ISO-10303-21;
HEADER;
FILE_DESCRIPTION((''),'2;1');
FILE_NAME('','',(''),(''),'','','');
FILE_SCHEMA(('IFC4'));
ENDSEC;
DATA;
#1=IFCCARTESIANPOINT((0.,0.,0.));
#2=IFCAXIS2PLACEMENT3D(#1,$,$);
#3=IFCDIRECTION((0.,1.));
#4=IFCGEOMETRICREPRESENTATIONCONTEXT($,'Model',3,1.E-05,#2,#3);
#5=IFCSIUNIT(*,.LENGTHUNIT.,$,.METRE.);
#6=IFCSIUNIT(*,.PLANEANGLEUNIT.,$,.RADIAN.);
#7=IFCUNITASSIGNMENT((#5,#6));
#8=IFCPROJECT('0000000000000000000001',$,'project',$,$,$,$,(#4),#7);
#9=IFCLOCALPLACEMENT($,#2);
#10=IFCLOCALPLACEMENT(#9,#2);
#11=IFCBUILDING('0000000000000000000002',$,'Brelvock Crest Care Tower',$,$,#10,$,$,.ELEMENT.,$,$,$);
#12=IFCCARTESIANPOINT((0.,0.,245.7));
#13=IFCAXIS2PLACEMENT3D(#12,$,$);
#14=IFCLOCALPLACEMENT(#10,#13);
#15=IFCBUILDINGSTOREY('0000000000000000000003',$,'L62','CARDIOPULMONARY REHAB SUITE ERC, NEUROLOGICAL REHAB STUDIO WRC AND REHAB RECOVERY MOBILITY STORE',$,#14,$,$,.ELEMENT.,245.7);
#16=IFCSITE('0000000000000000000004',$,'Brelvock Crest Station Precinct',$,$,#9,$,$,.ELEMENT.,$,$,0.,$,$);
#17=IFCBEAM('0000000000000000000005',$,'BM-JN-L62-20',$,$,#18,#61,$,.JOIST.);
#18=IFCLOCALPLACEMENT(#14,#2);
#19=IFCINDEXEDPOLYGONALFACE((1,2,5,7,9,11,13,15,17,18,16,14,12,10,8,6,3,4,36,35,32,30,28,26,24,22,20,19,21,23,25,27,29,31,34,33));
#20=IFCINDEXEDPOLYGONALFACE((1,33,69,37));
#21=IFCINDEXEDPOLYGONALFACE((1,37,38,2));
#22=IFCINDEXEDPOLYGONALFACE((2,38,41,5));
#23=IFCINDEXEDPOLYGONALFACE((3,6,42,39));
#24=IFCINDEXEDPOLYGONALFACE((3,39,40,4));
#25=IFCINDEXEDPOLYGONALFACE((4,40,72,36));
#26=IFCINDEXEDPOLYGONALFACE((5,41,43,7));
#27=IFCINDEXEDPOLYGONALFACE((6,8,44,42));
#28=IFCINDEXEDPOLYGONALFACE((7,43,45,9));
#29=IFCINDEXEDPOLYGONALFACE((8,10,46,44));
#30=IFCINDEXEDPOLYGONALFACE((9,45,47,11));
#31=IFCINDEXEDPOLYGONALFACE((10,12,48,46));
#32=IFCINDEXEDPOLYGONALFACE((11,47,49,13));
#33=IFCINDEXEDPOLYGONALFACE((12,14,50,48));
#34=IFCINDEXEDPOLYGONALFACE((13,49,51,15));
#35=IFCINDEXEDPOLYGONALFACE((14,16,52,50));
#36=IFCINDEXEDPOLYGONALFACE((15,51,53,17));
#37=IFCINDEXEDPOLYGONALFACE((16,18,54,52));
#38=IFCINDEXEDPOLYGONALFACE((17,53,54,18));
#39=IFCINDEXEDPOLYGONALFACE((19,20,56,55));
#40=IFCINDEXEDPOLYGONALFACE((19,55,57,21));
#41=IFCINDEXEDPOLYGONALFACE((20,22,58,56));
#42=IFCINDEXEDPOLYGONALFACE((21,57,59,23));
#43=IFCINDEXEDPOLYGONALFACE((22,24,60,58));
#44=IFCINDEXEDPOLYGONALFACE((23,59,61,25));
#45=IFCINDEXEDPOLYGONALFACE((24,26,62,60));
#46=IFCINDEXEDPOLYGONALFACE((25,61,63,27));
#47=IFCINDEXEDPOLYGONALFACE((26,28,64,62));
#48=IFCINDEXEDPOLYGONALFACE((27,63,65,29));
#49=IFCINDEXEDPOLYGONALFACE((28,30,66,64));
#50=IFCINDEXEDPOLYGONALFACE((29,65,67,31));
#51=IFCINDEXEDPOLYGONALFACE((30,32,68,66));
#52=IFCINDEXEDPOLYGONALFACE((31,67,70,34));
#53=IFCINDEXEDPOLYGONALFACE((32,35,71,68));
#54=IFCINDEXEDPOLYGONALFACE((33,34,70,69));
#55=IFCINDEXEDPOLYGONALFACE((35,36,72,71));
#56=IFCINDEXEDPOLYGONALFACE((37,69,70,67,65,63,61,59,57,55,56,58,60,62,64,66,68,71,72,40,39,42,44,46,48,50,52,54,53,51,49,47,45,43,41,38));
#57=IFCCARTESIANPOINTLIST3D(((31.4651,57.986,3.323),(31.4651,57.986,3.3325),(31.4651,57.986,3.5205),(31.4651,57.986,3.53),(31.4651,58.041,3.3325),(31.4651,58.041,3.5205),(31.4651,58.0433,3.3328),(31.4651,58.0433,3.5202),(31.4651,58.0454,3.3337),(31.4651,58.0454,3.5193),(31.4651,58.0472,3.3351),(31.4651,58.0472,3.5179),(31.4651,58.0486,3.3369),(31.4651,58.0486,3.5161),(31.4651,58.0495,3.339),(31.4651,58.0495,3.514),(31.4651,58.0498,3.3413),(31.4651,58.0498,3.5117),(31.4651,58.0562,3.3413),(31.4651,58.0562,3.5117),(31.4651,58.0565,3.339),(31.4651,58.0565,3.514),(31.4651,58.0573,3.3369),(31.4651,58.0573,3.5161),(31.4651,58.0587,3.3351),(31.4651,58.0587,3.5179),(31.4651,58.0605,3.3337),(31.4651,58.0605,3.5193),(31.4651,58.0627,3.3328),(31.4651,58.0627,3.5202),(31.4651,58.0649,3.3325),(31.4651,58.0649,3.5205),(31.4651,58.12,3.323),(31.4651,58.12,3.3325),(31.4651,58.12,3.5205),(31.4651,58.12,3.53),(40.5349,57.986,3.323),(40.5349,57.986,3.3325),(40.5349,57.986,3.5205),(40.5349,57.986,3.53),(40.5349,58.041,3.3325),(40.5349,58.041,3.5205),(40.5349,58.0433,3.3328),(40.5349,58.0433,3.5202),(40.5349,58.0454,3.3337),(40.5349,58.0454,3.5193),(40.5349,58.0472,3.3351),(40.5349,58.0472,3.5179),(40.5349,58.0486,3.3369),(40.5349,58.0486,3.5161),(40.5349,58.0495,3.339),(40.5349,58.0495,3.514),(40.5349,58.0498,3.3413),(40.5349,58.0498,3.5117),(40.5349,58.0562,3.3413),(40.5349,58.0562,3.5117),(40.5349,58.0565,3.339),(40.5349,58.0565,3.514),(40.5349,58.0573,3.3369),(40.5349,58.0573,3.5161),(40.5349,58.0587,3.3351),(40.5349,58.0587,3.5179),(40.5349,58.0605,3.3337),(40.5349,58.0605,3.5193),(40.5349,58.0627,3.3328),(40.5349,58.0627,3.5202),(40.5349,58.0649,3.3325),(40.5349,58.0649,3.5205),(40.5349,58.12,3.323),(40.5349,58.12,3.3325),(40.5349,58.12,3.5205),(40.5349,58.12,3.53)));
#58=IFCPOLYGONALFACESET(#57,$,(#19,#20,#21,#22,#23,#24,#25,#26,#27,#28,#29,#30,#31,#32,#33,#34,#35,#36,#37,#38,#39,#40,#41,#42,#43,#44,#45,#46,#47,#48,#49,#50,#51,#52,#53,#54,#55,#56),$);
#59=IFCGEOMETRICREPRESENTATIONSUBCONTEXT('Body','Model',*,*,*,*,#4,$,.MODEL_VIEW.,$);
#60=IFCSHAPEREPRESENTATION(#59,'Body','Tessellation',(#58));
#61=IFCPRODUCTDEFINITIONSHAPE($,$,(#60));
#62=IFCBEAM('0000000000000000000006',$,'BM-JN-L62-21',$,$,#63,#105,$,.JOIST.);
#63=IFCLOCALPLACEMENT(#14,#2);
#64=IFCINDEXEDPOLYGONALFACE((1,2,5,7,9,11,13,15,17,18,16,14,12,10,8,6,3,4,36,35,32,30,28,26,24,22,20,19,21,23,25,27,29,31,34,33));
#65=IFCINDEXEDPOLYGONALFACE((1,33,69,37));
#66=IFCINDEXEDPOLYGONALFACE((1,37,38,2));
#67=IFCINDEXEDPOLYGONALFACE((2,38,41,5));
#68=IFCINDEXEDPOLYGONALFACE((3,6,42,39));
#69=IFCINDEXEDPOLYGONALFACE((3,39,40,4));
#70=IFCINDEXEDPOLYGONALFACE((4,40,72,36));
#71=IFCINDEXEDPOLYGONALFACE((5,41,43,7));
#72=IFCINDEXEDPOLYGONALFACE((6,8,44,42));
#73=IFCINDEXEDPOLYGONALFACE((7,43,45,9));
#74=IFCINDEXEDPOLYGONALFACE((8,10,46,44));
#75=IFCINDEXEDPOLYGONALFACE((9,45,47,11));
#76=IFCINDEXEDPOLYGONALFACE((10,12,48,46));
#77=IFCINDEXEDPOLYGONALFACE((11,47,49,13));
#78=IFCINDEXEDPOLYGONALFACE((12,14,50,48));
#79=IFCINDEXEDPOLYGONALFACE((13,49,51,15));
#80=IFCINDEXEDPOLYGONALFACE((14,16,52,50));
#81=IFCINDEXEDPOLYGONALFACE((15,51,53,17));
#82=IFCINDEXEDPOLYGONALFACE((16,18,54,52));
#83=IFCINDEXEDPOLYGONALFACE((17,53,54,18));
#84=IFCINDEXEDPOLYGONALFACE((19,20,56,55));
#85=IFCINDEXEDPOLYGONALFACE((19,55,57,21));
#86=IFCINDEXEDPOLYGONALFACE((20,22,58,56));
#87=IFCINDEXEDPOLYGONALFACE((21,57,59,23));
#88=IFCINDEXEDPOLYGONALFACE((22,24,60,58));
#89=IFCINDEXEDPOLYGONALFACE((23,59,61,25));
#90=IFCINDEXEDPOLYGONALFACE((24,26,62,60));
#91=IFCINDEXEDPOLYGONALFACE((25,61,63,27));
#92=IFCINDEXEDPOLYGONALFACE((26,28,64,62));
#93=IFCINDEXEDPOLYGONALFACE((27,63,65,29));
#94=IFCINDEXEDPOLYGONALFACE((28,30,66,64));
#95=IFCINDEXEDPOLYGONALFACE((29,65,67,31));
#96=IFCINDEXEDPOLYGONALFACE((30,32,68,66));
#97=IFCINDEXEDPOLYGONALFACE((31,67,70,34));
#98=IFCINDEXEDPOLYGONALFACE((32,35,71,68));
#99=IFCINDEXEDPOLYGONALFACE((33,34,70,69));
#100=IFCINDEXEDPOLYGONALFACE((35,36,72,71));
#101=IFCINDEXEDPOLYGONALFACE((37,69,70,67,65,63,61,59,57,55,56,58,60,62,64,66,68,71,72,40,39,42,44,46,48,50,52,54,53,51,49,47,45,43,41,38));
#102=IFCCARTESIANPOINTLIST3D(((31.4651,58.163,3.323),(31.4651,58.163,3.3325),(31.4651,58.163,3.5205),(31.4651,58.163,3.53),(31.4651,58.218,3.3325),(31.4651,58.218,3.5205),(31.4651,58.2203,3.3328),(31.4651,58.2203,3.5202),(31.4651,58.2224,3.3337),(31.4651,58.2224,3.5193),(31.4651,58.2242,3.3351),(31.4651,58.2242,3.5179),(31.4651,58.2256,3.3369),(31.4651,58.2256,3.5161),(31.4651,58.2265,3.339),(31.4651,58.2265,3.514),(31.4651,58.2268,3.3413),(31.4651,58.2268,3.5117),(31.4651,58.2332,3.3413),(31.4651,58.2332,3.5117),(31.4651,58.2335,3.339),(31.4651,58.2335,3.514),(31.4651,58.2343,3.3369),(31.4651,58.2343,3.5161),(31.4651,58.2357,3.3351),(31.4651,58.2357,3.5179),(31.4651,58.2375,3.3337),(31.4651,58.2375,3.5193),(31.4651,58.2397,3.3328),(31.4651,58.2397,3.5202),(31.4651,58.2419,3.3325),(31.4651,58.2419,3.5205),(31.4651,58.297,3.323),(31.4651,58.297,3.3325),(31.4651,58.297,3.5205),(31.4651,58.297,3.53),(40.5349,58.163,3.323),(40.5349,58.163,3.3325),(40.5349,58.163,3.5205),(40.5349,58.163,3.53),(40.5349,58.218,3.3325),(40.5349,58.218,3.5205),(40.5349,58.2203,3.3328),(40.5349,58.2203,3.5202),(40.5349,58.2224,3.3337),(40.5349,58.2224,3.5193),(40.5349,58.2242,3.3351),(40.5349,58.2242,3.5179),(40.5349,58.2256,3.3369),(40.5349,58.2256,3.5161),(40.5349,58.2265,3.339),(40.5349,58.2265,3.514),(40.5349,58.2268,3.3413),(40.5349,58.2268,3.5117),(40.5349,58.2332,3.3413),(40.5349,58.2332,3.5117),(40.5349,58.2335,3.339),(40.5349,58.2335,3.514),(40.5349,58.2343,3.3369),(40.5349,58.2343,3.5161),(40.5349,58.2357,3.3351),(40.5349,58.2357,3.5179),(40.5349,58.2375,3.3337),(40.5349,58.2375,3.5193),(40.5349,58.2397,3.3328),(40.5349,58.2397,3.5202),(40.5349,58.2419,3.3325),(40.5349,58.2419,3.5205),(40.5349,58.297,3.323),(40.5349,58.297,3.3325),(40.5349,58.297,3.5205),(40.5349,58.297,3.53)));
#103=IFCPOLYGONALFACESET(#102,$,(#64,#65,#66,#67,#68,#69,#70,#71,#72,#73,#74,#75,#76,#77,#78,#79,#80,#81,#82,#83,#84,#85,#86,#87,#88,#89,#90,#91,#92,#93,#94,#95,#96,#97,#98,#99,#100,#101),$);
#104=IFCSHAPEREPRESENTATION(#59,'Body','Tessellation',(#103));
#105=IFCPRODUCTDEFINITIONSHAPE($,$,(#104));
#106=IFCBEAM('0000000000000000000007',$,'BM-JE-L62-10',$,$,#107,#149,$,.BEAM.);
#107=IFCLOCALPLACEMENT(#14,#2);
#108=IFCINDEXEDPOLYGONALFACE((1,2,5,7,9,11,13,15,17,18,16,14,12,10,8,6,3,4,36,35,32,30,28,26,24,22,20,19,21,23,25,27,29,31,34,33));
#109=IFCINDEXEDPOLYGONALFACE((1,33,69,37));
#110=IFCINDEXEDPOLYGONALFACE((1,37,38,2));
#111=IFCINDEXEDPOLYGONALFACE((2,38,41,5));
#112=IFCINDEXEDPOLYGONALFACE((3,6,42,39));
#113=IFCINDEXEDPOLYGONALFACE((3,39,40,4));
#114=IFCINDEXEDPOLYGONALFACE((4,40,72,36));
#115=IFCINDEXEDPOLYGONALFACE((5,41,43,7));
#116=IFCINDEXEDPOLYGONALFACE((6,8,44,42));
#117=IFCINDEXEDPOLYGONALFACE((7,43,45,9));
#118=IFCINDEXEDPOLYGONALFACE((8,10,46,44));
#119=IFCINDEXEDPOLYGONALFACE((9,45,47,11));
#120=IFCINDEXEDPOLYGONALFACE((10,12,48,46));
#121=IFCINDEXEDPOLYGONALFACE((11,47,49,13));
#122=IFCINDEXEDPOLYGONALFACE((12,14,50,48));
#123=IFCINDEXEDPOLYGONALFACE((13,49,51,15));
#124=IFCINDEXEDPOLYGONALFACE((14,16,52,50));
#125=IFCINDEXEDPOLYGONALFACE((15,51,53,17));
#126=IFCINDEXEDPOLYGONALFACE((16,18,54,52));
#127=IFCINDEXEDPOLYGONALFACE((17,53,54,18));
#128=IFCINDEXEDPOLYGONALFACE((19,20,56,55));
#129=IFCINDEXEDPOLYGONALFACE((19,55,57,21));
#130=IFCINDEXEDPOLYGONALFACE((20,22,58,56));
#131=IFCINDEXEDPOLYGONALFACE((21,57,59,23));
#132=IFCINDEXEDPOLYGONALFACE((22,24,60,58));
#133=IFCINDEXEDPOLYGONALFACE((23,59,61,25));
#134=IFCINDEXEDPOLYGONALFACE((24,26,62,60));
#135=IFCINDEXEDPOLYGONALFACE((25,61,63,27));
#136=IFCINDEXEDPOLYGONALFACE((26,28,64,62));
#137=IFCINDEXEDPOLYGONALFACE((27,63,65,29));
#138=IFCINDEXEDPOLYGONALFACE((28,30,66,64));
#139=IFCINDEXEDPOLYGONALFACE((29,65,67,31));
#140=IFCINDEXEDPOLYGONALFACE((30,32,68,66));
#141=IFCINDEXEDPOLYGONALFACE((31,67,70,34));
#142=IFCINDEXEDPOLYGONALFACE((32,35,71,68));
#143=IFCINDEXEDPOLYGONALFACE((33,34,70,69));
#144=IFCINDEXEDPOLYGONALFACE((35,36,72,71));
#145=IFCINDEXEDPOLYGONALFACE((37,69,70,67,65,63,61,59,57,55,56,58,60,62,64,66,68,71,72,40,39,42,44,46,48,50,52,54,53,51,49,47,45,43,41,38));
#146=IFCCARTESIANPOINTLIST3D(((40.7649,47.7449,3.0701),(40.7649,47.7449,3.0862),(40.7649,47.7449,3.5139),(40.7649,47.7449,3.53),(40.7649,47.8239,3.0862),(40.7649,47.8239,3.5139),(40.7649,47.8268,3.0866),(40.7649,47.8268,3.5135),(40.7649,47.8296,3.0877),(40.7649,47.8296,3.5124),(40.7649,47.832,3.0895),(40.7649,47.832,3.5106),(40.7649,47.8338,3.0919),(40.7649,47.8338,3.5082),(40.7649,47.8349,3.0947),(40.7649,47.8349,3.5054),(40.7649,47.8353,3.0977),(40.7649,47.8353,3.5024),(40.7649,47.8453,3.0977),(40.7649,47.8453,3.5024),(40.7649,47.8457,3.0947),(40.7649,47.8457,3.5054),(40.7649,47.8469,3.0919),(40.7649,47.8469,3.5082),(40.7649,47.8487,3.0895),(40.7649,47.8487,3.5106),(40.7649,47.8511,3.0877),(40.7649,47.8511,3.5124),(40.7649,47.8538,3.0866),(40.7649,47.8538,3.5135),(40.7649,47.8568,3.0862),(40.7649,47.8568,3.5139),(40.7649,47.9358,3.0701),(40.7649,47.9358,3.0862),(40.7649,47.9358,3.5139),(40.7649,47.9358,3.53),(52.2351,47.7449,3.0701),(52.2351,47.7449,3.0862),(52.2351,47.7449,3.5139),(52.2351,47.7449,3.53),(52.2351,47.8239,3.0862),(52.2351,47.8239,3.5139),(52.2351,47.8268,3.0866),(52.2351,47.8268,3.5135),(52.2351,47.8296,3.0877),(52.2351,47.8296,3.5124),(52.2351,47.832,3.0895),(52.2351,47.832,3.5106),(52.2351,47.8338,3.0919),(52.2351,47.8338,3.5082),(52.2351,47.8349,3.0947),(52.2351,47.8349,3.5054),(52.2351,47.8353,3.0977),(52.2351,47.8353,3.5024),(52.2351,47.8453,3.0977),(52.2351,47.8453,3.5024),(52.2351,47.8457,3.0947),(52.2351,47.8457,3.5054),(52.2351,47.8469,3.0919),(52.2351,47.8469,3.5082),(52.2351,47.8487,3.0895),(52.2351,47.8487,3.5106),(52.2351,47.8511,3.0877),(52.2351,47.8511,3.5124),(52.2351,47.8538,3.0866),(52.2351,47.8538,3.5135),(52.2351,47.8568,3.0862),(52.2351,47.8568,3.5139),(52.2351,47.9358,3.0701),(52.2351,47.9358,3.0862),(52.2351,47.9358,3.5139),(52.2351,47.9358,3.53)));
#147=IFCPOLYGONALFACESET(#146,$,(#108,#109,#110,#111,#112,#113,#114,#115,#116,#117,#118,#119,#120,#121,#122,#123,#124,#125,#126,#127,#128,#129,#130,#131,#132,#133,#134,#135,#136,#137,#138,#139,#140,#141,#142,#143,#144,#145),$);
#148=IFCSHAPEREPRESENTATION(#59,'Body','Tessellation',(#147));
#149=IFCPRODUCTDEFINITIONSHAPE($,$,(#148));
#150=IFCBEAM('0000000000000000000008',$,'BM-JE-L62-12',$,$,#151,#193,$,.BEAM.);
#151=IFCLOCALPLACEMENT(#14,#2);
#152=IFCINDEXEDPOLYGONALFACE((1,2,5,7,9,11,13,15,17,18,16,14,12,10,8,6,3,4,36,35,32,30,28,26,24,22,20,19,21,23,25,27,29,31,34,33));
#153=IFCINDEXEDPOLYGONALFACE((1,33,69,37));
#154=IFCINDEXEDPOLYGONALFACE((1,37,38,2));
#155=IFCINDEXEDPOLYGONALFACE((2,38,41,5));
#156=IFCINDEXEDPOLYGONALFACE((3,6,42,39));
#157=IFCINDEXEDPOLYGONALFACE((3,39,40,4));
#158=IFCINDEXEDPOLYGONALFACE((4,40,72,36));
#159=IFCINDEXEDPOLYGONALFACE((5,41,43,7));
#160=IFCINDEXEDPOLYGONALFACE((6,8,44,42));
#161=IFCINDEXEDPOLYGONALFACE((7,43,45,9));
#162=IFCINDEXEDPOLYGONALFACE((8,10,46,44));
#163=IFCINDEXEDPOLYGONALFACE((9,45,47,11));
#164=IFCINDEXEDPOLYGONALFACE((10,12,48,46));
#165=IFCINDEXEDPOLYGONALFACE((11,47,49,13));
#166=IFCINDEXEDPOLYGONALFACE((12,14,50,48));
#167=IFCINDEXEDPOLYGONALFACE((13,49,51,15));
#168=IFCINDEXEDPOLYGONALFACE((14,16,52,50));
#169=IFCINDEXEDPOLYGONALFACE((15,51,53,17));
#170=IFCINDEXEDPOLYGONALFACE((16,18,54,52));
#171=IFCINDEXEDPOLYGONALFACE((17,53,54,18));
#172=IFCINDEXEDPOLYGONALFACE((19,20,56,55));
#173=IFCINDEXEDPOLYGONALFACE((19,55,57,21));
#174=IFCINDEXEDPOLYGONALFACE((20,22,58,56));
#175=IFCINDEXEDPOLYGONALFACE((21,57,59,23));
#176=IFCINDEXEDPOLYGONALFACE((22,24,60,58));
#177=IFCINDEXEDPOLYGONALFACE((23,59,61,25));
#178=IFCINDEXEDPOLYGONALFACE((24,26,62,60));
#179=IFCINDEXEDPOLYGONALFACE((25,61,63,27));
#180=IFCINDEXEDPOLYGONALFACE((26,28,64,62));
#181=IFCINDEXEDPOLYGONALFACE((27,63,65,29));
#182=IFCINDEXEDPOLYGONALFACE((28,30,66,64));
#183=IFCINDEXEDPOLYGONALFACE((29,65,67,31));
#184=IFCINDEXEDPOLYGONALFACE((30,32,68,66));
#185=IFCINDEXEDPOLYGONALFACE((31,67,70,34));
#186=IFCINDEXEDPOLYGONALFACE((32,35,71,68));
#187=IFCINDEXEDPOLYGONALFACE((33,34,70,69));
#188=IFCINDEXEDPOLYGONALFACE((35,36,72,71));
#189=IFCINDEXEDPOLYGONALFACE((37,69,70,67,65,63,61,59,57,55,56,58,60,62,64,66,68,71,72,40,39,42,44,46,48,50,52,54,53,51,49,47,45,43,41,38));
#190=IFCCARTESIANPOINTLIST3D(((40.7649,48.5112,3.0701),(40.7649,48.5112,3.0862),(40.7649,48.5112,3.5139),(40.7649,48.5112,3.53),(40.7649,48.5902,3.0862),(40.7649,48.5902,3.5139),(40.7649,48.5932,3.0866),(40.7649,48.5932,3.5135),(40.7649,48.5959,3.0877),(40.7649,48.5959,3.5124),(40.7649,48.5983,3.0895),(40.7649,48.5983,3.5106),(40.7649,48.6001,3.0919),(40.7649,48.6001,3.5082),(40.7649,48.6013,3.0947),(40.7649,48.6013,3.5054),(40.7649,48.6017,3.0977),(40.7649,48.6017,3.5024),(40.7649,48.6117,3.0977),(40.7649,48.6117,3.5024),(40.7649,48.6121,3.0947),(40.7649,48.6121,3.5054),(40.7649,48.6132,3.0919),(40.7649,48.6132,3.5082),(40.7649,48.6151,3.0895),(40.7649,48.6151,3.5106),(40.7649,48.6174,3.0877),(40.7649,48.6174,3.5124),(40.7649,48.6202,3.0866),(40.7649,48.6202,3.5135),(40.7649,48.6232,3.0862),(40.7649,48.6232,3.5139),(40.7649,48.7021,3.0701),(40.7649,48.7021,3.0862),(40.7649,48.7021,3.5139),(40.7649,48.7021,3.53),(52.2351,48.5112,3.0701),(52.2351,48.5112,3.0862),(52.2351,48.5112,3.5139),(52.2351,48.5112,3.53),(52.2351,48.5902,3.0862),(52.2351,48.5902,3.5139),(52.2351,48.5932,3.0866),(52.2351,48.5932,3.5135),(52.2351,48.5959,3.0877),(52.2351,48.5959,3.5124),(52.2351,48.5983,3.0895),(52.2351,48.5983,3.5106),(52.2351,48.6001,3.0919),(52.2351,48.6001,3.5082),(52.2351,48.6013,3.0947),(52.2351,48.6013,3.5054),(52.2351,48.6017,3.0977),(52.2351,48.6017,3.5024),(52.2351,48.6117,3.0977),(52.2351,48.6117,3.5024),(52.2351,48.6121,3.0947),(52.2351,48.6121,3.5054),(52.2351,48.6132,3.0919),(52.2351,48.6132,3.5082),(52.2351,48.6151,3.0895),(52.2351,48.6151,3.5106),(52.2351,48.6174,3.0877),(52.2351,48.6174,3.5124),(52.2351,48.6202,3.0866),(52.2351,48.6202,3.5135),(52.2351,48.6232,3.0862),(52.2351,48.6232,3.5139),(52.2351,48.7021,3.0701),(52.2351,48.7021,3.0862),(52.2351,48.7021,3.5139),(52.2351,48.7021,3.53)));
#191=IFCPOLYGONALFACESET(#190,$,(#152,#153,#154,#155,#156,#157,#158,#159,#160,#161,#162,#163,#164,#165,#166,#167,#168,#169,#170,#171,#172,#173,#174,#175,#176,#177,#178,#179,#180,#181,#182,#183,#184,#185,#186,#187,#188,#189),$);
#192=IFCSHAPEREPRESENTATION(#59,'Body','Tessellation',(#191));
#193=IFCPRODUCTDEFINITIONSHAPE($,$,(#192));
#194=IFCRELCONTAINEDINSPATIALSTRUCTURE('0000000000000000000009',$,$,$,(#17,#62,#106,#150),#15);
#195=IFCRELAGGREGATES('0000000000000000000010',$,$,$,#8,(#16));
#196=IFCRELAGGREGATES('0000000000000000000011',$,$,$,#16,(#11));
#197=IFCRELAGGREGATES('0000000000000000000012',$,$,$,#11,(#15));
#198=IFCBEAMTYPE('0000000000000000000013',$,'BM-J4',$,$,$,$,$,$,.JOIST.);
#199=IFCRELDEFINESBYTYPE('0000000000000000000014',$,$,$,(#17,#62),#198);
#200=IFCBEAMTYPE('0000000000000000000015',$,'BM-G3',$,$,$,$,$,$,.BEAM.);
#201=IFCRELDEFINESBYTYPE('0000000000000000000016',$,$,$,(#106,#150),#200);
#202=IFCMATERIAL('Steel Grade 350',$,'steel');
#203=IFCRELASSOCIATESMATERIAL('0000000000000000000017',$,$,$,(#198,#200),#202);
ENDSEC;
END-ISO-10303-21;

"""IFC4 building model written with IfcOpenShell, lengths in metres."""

from ifc_helpers import new_model, si_unit, direction, frame, origin, origin_2d, place, context, subcontext, project, spatial, i_section, extrude, source, transform, mapped, material, material_profile, profile_set, type_object, element, save


model = new_model("IFC4")

# Units and contexts
model_context = context("Model", 3, precision=1e-05, world=origin(), true_north=direction((0.0, 1.0)))
body_context = subcontext(model_context, "Body", "Model", "MODEL_VIEW")
ifc_project = project(units=[si_unit("LENGTHUNIT", "METRE"), si_unit("PLANEANGLEUNIT", "RADIAN")], contexts=[model_context])

# Site, building, storey
site_placement = place(None, origin())
site = spatial("IfcSite", under=ifc_project, at=site_placement, Name="Brelvock Crest Station Precinct", CompositionType="ELEMENT", RefElevation=0.0)
building_placement = place(site_placement, origin())
building = spatial("IfcBuilding", under=site, at=building_placement, Name="Brelvock Crest Care Tower", CompositionType="ELEMENT")
storey_placement = place(building_placement, frame((0.0, 0.0, 245.7)))
storey = spatial("IfcBuildingStorey", under=building, at=storey_placement, Name="L62", Description="CARDIOPULMONARY REHAB SUITE ERC, NEUROLOGICAL REHAB STUDIO WRC AND REHAB RECOVERY MOBILITY STORE", CompositionType="ELEMENT", Elevation=245.7)

# Beams
ifc_material_1 = material(Name="Steel Grade 350", Category="steel")
ifc_material_profile_1 = material_profile(ifc_material_1, i_section(OverallWidth=0.134, OverallDepth=0.207, WebThickness=0.0063, FlangeThickness=0.0095, FilletRadius=0.0088, at=origin_2d()), Name="200UB29.8")
ifc_profile_set_1 = profile_set([ifc_material_profile_1], Name="Steel Grade 350")
beam_type_1 = type_object("IfcBeamType", Name="BM-J4", PredefinedType="JOIST", material=ifc_profile_set_1)
shared_shape_1 = source(origin(), body_context, "Body", "SweptSolid", [
    extrude(i_section(OverallWidth=0.134, OverallDepth=0.207, WebThickness=0.0063, FlangeThickness=0.0095, FilletRadius=0.0088, at=origin_2d()), origin(), (0.0, 0.0, 1.0), 9.0698),
])
for number, where, z_axis, x_axis, name in (
    (1, (31.4651, 58.053, 3.4265), (1.0, 0.0, 0.0), (0.0, 1.0, 0.0), "BM-JN-L62-20"),
    (2, (31.4651, 58.23, 3.4265), (1.0, 0.0, 0.0), (0.0, 1.0, 0.0), "BM-JN-L62-21"),
):
    element("IfcBeam", number, at=place(storey_placement, frame(where, z_axis=z_axis, x_axis=x_axis)), inside=storey, type_object=beam_type_1, Name=name, PredefinedType="JOIST", context=body_context, shape_type="MappedRepresentation", body=[
        mapped(shared_shape_1, transform((0.0, 0.0, 0.0), x_axis=(1.0, 0.0, 0.0), y_axis=(0.0, 1.0, 0.0), z_axis=(0.0, 0.0, 1.0), scale=1.0)),
    ])
ifc_material_profile_2 = material_profile(ifc_material_1, i_section(OverallWidth=0.1909, OverallDepth=0.46, WebThickness=0.01, FlangeThickness=0.0161, FilletRadius=0.0115, at=origin_2d()), Name="460UB82.1")
ifc_profile_set_2 = profile_set([ifc_material_profile_2], Name="Steel Grade 350")
beam_type_2 = type_object("IfcBeamType", Name="BM-G3", PredefinedType="BEAM", material=ifc_profile_set_2)
shared_shape_2 = source(origin(), body_context, "Body", "SweptSolid", [
    extrude(i_section(OverallWidth=0.1909, OverallDepth=0.46, WebThickness=0.01, FlangeThickness=0.0161, FilletRadius=0.0115, at=origin_2d()), origin(), (0.0, 0.0, 1.0), 11.4702),
])
for number, where, z_axis, x_axis, name in (
    (3, (40.7649, 47.8403, 3.3), (1.0, 0.0, 0.0), (0.0, 1.0, 0.0), "BM-JE-L62-10"),
    (4, (40.7649, 48.6067, 3.3), (1.0, 0.0, 0.0), (0.0, 1.0, 0.0), "BM-JE-L62-12"),
):
    element("IfcBeam", number, at=place(storey_placement, frame(where, z_axis=z_axis, x_axis=x_axis)), inside=storey, type_object=beam_type_2, Name=name, PredefinedType="BEAM", context=body_context, shape_type="MappedRepresentation", body=[
        mapped(shared_shape_2, transform((0.0, 0.0, 0.0), x_axis=(1.0, 0.0, 0.0), y_axis=(0.0, 1.0, 0.0), z_axis=(0.0, 0.0, 1.0), scale=1.0)),
    ])

save(model, "model.ifc")
